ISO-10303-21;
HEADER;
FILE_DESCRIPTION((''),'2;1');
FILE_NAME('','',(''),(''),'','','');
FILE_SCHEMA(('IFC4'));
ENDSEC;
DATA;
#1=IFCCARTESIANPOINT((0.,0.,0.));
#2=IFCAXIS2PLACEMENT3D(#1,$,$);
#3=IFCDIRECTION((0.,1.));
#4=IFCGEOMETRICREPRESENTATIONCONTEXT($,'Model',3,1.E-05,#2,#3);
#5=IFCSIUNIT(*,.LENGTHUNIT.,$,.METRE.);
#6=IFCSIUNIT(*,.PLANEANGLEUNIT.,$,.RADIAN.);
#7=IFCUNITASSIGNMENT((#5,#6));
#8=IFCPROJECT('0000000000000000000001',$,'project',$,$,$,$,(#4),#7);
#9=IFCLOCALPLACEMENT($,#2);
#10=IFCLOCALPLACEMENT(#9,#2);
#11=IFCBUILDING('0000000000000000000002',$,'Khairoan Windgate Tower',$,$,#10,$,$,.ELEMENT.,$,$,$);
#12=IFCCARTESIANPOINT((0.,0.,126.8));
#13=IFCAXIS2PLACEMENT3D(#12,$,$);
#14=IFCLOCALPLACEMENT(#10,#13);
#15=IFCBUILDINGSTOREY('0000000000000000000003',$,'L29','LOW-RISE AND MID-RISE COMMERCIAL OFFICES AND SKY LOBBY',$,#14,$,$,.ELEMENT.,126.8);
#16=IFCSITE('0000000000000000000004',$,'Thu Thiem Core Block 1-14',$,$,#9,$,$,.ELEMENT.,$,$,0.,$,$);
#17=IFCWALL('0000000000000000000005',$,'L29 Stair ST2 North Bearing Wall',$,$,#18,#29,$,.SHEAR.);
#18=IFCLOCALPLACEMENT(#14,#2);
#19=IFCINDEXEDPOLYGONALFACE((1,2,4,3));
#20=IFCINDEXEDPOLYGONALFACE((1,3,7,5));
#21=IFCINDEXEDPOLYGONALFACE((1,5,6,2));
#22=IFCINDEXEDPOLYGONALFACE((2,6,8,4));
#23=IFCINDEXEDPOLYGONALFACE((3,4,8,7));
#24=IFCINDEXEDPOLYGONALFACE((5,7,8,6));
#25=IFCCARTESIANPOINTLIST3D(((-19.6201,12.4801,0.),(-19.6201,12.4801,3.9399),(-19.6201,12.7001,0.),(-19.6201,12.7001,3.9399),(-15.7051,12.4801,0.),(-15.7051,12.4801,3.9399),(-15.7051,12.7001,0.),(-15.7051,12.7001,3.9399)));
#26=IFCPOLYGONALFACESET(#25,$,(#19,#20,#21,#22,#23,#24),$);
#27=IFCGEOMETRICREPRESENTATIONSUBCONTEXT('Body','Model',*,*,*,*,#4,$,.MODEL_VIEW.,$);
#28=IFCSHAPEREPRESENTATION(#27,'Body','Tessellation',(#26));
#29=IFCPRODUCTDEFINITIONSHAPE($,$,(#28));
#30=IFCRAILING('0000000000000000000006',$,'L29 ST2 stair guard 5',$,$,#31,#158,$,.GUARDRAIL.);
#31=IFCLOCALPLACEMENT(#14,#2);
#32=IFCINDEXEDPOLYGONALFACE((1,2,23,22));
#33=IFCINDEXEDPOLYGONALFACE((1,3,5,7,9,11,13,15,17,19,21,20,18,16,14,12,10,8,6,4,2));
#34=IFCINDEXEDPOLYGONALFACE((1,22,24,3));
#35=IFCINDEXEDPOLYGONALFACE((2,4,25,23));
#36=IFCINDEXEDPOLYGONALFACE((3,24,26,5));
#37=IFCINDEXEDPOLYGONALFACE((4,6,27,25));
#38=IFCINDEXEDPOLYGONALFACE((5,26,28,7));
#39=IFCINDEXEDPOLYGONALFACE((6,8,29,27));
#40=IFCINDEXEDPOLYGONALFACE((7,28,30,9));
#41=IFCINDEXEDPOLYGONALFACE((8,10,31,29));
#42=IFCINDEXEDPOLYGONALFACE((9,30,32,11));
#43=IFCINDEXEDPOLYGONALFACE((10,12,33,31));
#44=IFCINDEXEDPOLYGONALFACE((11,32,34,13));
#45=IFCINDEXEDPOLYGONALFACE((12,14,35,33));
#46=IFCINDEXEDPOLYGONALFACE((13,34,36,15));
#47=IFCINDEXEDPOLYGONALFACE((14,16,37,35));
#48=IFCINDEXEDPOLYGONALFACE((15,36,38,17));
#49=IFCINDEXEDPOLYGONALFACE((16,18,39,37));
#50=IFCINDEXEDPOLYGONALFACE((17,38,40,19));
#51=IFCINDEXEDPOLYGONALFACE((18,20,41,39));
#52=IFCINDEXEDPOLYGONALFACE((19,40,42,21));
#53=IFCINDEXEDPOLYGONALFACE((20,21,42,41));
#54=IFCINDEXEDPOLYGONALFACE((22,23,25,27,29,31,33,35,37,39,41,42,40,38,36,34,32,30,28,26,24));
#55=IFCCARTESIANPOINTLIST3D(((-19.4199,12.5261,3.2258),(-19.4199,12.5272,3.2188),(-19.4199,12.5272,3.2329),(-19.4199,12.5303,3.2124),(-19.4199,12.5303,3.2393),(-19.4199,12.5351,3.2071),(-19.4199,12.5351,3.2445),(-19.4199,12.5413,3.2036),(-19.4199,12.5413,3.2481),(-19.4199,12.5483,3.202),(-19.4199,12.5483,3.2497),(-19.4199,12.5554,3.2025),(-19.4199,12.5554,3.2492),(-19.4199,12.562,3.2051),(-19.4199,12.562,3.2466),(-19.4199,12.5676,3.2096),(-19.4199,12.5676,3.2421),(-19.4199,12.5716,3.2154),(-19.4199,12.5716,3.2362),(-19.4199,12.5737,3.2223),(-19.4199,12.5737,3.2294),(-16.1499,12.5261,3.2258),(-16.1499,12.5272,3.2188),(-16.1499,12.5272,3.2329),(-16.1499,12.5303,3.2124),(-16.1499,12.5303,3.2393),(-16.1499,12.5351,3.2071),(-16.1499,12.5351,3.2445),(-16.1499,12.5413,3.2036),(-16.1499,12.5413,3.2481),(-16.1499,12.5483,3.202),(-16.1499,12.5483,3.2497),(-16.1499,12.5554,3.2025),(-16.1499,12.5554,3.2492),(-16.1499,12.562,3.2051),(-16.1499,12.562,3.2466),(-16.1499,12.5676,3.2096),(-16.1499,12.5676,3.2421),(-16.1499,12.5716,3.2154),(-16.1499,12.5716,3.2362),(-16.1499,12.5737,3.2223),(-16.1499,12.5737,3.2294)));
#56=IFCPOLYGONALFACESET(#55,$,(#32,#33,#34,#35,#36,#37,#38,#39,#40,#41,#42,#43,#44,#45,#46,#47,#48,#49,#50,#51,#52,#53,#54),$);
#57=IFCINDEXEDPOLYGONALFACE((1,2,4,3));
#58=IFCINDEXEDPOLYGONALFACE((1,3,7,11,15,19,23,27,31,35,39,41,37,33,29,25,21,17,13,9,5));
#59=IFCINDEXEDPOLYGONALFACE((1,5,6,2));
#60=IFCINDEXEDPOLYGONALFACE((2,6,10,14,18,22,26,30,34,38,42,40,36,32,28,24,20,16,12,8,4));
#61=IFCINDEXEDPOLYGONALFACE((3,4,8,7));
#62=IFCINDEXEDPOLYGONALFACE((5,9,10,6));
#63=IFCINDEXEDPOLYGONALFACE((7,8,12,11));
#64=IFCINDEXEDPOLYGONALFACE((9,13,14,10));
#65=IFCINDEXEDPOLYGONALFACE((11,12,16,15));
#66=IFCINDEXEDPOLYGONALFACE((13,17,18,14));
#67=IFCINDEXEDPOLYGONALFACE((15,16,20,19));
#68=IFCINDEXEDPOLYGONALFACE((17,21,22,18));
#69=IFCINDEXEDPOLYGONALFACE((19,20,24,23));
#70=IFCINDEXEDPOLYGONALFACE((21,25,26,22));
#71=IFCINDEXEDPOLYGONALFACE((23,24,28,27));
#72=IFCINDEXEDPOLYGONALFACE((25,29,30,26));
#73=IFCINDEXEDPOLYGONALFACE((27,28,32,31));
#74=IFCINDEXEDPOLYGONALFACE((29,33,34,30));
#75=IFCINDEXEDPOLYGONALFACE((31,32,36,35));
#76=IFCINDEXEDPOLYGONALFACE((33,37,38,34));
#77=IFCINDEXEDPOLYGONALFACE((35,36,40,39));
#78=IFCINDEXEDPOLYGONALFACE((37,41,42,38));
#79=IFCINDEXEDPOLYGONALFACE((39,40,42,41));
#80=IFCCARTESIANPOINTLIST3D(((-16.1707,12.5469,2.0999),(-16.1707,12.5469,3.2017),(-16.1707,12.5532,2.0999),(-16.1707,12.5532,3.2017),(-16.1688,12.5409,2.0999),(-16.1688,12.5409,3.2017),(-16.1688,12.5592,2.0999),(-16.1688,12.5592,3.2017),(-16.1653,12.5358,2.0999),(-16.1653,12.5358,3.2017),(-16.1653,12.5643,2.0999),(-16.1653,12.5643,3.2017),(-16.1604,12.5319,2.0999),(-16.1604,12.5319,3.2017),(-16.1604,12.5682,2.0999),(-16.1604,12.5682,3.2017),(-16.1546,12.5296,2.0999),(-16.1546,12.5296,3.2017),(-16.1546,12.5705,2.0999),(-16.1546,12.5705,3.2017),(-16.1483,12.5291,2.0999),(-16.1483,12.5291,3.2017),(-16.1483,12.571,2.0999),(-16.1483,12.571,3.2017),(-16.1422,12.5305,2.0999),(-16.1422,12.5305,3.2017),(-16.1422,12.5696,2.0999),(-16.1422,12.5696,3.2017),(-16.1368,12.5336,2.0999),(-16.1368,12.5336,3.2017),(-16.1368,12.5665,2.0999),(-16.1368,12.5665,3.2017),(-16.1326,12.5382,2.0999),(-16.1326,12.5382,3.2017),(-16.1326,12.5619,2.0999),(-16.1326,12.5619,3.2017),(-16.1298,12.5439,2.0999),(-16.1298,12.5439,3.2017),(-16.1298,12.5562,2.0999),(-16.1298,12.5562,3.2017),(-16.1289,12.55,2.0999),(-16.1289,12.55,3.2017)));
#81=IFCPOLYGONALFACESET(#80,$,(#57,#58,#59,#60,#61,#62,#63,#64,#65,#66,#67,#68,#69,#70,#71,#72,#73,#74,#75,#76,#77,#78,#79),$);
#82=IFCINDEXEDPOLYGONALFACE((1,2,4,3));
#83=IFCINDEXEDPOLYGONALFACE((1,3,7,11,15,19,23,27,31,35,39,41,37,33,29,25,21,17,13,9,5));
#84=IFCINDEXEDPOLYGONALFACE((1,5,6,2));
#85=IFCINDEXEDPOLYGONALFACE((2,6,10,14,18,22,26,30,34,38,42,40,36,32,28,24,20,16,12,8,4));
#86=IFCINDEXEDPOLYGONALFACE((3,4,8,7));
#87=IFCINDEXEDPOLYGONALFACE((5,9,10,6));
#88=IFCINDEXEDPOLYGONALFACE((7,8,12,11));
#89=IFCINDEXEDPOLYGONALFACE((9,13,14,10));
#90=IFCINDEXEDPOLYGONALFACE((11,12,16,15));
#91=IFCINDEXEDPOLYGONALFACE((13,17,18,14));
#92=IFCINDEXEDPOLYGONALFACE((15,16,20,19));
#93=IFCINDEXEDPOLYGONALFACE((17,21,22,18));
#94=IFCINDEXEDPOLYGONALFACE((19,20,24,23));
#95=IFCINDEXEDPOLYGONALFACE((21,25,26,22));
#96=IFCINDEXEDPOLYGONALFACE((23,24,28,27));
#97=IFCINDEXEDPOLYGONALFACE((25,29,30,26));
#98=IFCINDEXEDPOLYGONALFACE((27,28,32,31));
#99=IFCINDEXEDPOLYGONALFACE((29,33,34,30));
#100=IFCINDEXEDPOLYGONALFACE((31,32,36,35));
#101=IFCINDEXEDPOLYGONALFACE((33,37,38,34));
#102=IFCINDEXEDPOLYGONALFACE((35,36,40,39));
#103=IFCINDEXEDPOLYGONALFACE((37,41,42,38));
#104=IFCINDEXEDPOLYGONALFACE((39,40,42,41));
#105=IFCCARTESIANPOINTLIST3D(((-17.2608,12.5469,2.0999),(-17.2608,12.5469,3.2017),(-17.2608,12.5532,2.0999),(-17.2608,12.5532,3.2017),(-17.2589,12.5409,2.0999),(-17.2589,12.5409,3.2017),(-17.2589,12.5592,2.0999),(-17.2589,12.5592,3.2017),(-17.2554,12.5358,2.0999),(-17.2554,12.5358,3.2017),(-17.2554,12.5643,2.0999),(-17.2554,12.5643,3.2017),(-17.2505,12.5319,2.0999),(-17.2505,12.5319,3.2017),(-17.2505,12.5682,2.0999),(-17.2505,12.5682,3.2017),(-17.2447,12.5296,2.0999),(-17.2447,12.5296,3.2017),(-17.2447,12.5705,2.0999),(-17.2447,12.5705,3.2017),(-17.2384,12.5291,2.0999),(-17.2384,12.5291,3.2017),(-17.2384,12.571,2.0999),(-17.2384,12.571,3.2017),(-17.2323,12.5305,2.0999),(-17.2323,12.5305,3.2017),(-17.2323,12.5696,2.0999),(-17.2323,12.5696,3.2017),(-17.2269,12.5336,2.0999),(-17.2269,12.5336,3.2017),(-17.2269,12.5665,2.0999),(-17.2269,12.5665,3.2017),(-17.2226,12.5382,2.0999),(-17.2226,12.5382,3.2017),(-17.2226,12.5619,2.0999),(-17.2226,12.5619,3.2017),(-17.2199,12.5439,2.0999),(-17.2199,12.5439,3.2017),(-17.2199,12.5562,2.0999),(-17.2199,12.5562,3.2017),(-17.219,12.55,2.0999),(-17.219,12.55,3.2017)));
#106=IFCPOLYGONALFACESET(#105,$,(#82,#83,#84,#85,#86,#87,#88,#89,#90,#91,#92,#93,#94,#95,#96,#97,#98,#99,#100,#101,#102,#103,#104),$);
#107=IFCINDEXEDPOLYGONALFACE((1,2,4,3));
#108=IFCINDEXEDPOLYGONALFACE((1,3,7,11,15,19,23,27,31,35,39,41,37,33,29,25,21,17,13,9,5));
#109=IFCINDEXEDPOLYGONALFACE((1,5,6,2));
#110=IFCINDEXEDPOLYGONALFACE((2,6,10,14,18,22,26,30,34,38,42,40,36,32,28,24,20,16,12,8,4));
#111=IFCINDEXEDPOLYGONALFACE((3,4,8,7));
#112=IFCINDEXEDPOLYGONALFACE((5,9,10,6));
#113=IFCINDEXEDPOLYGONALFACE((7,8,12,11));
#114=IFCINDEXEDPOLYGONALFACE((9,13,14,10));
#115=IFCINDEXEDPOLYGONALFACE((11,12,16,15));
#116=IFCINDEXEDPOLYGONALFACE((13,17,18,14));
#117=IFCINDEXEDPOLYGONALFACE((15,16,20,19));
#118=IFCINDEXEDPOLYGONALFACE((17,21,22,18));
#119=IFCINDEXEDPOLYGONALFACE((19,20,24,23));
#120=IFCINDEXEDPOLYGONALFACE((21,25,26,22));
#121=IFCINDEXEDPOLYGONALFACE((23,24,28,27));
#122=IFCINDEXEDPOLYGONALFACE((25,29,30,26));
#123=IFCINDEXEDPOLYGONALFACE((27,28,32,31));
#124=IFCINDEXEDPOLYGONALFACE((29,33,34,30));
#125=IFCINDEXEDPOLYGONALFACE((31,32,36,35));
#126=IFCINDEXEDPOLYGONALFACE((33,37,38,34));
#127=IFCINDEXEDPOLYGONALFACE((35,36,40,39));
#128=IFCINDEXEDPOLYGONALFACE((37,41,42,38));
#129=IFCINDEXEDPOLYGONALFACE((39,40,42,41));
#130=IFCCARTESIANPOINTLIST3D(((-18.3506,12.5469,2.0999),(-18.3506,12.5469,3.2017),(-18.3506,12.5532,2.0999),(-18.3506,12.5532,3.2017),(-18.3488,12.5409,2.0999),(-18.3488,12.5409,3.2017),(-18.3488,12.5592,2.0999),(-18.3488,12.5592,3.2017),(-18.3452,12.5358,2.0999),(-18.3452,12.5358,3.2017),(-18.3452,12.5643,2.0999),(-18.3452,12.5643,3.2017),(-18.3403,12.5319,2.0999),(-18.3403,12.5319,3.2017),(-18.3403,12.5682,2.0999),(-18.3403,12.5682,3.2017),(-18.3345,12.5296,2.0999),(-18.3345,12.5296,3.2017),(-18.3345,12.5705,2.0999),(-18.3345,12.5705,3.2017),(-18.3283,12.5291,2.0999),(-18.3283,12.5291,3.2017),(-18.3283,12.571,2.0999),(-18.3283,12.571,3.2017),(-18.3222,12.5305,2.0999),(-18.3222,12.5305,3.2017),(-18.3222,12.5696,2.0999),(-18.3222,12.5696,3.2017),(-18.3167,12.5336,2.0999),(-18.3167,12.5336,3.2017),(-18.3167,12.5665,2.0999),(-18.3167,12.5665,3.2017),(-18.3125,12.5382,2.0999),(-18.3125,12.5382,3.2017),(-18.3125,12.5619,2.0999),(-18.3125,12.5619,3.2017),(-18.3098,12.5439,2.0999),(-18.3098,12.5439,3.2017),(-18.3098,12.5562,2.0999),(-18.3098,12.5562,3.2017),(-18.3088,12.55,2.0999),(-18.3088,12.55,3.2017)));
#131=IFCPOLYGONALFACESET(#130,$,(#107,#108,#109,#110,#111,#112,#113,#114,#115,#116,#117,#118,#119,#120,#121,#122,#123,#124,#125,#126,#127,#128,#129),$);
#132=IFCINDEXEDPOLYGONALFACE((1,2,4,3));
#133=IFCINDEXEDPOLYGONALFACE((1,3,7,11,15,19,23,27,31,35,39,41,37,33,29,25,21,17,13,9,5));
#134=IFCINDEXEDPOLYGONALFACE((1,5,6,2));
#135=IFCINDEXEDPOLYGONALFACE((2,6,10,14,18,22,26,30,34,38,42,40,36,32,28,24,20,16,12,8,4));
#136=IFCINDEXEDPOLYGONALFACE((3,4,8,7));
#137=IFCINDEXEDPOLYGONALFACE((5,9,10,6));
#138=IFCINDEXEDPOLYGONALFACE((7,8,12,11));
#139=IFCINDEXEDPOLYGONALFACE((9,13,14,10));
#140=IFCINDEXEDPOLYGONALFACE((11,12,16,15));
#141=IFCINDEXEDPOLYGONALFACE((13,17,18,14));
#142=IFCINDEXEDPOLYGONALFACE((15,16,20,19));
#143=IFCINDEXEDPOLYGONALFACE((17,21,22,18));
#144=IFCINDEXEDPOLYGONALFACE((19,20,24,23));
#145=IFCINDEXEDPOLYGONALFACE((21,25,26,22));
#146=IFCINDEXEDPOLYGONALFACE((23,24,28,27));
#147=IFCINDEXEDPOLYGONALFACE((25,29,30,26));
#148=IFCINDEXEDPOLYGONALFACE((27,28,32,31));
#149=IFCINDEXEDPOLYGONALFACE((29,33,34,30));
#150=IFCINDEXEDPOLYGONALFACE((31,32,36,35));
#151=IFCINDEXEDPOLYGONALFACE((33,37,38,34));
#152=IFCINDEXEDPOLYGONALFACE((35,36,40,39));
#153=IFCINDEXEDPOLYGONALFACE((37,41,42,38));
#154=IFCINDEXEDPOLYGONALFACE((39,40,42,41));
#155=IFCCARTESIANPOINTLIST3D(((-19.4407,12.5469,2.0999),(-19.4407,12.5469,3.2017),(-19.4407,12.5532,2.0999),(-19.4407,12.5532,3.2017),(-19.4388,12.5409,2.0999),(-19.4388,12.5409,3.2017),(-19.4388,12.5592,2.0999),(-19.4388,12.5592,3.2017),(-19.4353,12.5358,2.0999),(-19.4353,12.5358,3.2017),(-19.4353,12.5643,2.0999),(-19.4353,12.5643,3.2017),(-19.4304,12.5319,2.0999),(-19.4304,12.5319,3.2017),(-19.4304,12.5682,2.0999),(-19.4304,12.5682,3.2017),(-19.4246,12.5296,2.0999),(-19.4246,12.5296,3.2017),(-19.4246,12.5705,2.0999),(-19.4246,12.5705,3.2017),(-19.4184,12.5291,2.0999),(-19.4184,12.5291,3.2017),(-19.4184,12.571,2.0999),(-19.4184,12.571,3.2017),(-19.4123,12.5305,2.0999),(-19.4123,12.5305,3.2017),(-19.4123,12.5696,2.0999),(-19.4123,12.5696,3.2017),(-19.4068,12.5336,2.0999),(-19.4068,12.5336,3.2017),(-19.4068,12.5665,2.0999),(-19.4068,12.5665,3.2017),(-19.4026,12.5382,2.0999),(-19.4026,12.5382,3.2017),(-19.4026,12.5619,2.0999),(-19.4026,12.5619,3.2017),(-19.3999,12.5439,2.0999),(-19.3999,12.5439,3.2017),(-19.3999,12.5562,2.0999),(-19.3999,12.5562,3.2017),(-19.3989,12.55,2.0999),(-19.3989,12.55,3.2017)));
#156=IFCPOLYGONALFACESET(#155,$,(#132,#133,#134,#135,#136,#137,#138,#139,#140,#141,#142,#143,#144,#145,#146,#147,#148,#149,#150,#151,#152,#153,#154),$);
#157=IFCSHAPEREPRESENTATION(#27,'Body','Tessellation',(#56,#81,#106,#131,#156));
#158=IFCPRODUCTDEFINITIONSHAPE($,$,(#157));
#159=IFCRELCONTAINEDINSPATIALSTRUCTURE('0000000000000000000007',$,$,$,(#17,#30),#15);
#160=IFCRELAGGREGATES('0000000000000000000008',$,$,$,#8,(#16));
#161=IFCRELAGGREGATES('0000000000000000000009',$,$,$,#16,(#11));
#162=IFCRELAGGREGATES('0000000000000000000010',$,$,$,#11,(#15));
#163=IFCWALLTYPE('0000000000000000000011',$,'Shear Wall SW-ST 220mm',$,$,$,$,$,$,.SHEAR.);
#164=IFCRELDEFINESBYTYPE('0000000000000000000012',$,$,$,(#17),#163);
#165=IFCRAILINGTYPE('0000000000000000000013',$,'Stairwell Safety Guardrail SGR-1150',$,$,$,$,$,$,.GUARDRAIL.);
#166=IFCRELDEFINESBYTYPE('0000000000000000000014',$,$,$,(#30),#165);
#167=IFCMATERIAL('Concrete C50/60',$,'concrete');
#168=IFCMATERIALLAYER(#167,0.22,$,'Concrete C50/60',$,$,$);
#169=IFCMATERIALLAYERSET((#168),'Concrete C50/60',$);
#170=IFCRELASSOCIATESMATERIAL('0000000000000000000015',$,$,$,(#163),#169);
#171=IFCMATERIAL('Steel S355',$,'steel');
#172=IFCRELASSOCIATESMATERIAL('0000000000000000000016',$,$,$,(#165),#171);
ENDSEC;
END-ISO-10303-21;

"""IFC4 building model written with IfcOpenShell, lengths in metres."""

from ifc_helpers import new_model, si_unit, direction, frame, frame_2d, origin, origin_2d, place, context, subcontext, project, spatial, rectangle, circle, extrude, material, layer, layer_set, type_object, element, save


model = new_model("IFC4")

# Units and contexts
model_context = context("Model", 3, precision=1e-05, world=origin(), true_north=direction((0.0, 1.0)))
body_context = subcontext(model_context, "Body", "Model", "MODEL_VIEW")
ifc_project = project(units=[si_unit("LENGTHUNIT", "METRE"), si_unit("PLANEANGLEUNIT", "RADIAN")], contexts=[model_context])

# Site, building, storey
site_placement = place(None, origin())
site = spatial("IfcSite", under=ifc_project, at=site_placement, Name="Thu Thiem Core Block 1-14", CompositionType="ELEMENT", RefElevation=0.0)
building_placement = place(site_placement, origin())
building = spatial("IfcBuilding", under=site, at=building_placement, Name="Khairoan Windgate Tower", CompositionType="ELEMENT")
storey_placement = place(building_placement, frame((0.0, 0.0, 126.8)))
storey = spatial("IfcBuildingStorey", under=building, at=storey_placement, Name="L29", Description="LOW-RISE AND MID-RISE COMMERCIAL OFFICES AND SKY LOBBY", CompositionType="ELEMENT", Elevation=126.8)

# Wall
ifc_material_1 = material(Name="Concrete C50/60", Category="concrete")
ifc_layer_1 = layer(ifc_material_1, 0.22, Name="Concrete C50/60")
ifc_layer_set_1 = layer_set([ifc_layer_1], Name="Concrete C50/60")
wall_type_1 = type_object("IfcWallType", Name="Shear Wall SW-ST 220mm", PredefinedType="SHEAR", material=ifc_layer_set_1)
wall_1_placement = place(storey_placement, frame((-19.6201, 12.5901, 0.0), z_axis=(0.0, 0.0, 1.0), x_axis=(1.0, 0.0, 0.0)))
element("IfcWall", 1, at=wall_1_placement, inside=storey, type_object=wall_type_1, Name="L29 Stair ST2 North Bearing Wall", PredefinedType="SHEAR", context=body_context, shape_type="SweptSolid", body=[
    extrude(rectangle(XDim=3.915, YDim=0.22, at=frame_2d((1.9575, 0.0))), origin(), (0.0, 0.0, 1.0), 3.9399),
])

# Railing
ifc_material_2 = material(Name="Steel S355", Category="steel")
railing_type = type_object("IfcRailingType", Name="Stairwell Safety Guardrail SGR-1150", PredefinedType="GUARDRAIL", material=ifc_material_2)
railing_1_placement = place(storey_placement, frame((-16.1499, 12.55, 2.0999)))
element("IfcRailing", 2, at=railing_1_placement, inside=storey, type_object=railing_type, Name="L29 ST2 stair guard 5", PredefinedType="GUARDRAIL", context=body_context, shape_type="SweptSolid", body=[
    extrude(circle(Radius=0.0239, at=origin_2d()), frame((0.0, 0.0, 1.126), z_axis=(-1.0, 0.0, 0.0), x_axis=(0.0, -1.0, 0.0)), (0.0, 0.0, 1.0), 3.27),
    extrude(circle(Radius=0.021, at=origin_2d()), origin(), (0.0, 0.0, 1.0), 1.1018),
    extrude(circle(Radius=0.021, at=origin_2d()), frame((-1.0901, 0.0, 0.0)), (0.0, 0.0, 1.0), 1.1018),
    extrude(circle(Radius=0.021, at=origin_2d()), frame((-2.1799, 0.0, 0.0)), (0.0, 0.0, 1.0), 1.1018),
    extrude(circle(Radius=0.021, at=origin_2d()), frame((-3.27, 0.0, 0.0)), (0.0, 0.0, 1.0), 1.1018),
])

save(model, "model.ifc")
